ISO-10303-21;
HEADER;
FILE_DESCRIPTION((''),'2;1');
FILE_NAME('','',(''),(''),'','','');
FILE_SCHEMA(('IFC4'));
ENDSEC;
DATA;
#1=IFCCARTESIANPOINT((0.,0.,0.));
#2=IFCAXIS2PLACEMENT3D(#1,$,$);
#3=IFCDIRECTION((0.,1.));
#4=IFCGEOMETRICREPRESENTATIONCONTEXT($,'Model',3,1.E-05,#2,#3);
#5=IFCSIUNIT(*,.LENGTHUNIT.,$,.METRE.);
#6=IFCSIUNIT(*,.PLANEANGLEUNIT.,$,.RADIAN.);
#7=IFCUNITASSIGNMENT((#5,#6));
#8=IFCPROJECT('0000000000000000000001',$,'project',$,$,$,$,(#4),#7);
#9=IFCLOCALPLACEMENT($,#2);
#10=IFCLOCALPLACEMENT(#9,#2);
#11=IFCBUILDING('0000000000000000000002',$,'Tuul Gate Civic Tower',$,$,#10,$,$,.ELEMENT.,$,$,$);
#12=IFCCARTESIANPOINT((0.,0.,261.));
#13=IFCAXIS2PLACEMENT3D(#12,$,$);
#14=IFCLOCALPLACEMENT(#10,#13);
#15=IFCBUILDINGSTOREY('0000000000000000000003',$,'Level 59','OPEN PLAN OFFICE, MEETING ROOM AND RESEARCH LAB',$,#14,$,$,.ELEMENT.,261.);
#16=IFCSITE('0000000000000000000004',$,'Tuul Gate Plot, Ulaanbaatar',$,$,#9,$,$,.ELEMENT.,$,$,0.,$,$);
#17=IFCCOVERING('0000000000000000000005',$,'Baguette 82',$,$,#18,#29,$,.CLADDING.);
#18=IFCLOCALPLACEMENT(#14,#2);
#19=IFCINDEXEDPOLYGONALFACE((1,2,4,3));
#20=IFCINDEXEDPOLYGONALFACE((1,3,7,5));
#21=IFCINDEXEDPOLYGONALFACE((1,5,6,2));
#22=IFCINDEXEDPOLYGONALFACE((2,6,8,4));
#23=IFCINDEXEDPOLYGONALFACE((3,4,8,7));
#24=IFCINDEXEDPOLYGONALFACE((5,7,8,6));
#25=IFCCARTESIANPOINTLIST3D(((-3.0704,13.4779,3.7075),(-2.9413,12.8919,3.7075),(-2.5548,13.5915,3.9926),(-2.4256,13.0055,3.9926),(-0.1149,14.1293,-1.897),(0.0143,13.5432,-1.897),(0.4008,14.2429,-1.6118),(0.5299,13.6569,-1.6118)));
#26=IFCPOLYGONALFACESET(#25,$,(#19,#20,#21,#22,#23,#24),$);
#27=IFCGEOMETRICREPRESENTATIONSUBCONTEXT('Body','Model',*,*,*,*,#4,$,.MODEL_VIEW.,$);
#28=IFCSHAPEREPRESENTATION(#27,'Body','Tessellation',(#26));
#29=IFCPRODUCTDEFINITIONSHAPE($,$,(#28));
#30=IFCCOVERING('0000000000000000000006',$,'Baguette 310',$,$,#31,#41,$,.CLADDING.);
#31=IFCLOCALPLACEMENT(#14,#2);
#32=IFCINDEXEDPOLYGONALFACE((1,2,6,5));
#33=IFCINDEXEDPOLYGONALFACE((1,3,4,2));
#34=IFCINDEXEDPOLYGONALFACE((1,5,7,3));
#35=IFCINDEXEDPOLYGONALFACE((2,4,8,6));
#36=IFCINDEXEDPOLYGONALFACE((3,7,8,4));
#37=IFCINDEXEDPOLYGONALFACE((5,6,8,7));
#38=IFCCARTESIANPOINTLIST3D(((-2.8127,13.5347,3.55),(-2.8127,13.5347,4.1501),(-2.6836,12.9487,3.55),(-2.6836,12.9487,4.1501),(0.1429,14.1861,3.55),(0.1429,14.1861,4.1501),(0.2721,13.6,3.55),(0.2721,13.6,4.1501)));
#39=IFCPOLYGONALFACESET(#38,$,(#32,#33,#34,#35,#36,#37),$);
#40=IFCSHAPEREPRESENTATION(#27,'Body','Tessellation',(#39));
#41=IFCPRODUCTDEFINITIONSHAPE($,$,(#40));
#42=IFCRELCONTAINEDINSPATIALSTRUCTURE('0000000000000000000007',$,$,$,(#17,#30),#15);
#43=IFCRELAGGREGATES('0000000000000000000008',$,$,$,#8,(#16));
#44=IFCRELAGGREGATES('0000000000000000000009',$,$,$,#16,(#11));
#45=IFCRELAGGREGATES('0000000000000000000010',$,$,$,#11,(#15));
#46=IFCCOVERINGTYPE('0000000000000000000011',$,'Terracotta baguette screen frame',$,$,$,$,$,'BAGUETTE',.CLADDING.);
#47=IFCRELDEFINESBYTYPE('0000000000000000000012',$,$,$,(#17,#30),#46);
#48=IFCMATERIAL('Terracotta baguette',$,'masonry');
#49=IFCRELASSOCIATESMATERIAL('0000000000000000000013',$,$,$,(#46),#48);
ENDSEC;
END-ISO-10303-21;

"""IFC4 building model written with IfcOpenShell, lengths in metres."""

from ifc_helpers import new_model, si_unit, direction, frame, origin, origin_2d, place, context, subcontext, project, spatial, rectangle, extrude, material, material_profile, profile_set, type_object, element, save


model = new_model("IFC4")

# Units and contexts
model_context = context("Model", 3, precision=1e-05, world=origin(), true_north=direction((0.0, 1.0)))
body_context = subcontext(model_context, "Body", "Model", "MODEL_VIEW")
ifc_project = project(units=[si_unit("LENGTHUNIT", "METRE"), si_unit("PLANEANGLEUNIT", "RADIAN")], contexts=[model_context])

# Site, building, storey
site_placement = place(None, origin())
site = spatial("IfcSite", under=ifc_project, at=site_placement, Name="Tuul Gate Plot, Ulaanbaatar", CompositionType="ELEMENT", RefElevation=0.0)
building_placement = place(site_placement, origin())
building = spatial("IfcBuilding", under=site, at=building_placement, Name="Tuul Gate Civic Tower", CompositionType="ELEMENT")
storey_placement = place(building_placement, frame((0.0, 0.0, 261.0)))
storey = spatial("IfcBuildingStorey", under=building, at=storey_placement, Name="Level 59", Description="OPEN PLAN OFFICE, MEETING ROOM AND RESEARCH LAB", CompositionType="ELEMENT", Elevation=261.0)

# Coverings
ifc_material_1 = material(Name="Terracotta baguette", Category="masonry")
ifc_material_profile_1 = material_profile(ifc_material_1, rectangle(XDim=0.6001, YDim=0.6001, at=origin_2d()), Name="Terracotta baguette screen frame")
ifc_profile_set_1 = profile_set([ifc_material_profile_1], Name="Terracotta baguette")
covering_type = type_object("IfcCoveringType", Name="Terracotta baguette screen frame", ElementType="BAGUETTE", PredefinedType="CLADDING", material=ifc_profile_set_1)
covering_1_placement = place(storey_placement, frame((0.2075, 13.8931, -1.7544), z_axis=(-0.464022, -0.102264, 0.879901), x_axis=(0.215222, -0.976565, 0.0)))
element("IfcCovering", 1, at=covering_1_placement, inside=storey, type_object=covering_type, Name="Baguette 82", PredefinedType="CLADDING", context=body_context, shape_type="SweptSolid", body=[
    extrude(rectangle(XDim=0.6001, YDim=0.6001, at=origin_2d()), origin(), (0.0, 0.0, 1.0), 6.3694),
])
covering_2_placement = place(storey_placement, frame((0.2075, 13.8931, 3.8501), z_axis=(-0.976565, -0.215222, 0.0), x_axis=(0.215222, -0.976565, 0.0)))
element("IfcCovering", 2, at=covering_2_placement, inside=storey, type_object=covering_type, Name="Baguette 310", PredefinedType="CLADDING", context=body_context, shape_type="SweptSolid", body=[
    extrude(rectangle(XDim=0.6001, YDim=0.6001, at=origin_2d()), origin(), (0.0, 0.0, 1.0), 3.0266),
])

save(model, "model.ifc")
